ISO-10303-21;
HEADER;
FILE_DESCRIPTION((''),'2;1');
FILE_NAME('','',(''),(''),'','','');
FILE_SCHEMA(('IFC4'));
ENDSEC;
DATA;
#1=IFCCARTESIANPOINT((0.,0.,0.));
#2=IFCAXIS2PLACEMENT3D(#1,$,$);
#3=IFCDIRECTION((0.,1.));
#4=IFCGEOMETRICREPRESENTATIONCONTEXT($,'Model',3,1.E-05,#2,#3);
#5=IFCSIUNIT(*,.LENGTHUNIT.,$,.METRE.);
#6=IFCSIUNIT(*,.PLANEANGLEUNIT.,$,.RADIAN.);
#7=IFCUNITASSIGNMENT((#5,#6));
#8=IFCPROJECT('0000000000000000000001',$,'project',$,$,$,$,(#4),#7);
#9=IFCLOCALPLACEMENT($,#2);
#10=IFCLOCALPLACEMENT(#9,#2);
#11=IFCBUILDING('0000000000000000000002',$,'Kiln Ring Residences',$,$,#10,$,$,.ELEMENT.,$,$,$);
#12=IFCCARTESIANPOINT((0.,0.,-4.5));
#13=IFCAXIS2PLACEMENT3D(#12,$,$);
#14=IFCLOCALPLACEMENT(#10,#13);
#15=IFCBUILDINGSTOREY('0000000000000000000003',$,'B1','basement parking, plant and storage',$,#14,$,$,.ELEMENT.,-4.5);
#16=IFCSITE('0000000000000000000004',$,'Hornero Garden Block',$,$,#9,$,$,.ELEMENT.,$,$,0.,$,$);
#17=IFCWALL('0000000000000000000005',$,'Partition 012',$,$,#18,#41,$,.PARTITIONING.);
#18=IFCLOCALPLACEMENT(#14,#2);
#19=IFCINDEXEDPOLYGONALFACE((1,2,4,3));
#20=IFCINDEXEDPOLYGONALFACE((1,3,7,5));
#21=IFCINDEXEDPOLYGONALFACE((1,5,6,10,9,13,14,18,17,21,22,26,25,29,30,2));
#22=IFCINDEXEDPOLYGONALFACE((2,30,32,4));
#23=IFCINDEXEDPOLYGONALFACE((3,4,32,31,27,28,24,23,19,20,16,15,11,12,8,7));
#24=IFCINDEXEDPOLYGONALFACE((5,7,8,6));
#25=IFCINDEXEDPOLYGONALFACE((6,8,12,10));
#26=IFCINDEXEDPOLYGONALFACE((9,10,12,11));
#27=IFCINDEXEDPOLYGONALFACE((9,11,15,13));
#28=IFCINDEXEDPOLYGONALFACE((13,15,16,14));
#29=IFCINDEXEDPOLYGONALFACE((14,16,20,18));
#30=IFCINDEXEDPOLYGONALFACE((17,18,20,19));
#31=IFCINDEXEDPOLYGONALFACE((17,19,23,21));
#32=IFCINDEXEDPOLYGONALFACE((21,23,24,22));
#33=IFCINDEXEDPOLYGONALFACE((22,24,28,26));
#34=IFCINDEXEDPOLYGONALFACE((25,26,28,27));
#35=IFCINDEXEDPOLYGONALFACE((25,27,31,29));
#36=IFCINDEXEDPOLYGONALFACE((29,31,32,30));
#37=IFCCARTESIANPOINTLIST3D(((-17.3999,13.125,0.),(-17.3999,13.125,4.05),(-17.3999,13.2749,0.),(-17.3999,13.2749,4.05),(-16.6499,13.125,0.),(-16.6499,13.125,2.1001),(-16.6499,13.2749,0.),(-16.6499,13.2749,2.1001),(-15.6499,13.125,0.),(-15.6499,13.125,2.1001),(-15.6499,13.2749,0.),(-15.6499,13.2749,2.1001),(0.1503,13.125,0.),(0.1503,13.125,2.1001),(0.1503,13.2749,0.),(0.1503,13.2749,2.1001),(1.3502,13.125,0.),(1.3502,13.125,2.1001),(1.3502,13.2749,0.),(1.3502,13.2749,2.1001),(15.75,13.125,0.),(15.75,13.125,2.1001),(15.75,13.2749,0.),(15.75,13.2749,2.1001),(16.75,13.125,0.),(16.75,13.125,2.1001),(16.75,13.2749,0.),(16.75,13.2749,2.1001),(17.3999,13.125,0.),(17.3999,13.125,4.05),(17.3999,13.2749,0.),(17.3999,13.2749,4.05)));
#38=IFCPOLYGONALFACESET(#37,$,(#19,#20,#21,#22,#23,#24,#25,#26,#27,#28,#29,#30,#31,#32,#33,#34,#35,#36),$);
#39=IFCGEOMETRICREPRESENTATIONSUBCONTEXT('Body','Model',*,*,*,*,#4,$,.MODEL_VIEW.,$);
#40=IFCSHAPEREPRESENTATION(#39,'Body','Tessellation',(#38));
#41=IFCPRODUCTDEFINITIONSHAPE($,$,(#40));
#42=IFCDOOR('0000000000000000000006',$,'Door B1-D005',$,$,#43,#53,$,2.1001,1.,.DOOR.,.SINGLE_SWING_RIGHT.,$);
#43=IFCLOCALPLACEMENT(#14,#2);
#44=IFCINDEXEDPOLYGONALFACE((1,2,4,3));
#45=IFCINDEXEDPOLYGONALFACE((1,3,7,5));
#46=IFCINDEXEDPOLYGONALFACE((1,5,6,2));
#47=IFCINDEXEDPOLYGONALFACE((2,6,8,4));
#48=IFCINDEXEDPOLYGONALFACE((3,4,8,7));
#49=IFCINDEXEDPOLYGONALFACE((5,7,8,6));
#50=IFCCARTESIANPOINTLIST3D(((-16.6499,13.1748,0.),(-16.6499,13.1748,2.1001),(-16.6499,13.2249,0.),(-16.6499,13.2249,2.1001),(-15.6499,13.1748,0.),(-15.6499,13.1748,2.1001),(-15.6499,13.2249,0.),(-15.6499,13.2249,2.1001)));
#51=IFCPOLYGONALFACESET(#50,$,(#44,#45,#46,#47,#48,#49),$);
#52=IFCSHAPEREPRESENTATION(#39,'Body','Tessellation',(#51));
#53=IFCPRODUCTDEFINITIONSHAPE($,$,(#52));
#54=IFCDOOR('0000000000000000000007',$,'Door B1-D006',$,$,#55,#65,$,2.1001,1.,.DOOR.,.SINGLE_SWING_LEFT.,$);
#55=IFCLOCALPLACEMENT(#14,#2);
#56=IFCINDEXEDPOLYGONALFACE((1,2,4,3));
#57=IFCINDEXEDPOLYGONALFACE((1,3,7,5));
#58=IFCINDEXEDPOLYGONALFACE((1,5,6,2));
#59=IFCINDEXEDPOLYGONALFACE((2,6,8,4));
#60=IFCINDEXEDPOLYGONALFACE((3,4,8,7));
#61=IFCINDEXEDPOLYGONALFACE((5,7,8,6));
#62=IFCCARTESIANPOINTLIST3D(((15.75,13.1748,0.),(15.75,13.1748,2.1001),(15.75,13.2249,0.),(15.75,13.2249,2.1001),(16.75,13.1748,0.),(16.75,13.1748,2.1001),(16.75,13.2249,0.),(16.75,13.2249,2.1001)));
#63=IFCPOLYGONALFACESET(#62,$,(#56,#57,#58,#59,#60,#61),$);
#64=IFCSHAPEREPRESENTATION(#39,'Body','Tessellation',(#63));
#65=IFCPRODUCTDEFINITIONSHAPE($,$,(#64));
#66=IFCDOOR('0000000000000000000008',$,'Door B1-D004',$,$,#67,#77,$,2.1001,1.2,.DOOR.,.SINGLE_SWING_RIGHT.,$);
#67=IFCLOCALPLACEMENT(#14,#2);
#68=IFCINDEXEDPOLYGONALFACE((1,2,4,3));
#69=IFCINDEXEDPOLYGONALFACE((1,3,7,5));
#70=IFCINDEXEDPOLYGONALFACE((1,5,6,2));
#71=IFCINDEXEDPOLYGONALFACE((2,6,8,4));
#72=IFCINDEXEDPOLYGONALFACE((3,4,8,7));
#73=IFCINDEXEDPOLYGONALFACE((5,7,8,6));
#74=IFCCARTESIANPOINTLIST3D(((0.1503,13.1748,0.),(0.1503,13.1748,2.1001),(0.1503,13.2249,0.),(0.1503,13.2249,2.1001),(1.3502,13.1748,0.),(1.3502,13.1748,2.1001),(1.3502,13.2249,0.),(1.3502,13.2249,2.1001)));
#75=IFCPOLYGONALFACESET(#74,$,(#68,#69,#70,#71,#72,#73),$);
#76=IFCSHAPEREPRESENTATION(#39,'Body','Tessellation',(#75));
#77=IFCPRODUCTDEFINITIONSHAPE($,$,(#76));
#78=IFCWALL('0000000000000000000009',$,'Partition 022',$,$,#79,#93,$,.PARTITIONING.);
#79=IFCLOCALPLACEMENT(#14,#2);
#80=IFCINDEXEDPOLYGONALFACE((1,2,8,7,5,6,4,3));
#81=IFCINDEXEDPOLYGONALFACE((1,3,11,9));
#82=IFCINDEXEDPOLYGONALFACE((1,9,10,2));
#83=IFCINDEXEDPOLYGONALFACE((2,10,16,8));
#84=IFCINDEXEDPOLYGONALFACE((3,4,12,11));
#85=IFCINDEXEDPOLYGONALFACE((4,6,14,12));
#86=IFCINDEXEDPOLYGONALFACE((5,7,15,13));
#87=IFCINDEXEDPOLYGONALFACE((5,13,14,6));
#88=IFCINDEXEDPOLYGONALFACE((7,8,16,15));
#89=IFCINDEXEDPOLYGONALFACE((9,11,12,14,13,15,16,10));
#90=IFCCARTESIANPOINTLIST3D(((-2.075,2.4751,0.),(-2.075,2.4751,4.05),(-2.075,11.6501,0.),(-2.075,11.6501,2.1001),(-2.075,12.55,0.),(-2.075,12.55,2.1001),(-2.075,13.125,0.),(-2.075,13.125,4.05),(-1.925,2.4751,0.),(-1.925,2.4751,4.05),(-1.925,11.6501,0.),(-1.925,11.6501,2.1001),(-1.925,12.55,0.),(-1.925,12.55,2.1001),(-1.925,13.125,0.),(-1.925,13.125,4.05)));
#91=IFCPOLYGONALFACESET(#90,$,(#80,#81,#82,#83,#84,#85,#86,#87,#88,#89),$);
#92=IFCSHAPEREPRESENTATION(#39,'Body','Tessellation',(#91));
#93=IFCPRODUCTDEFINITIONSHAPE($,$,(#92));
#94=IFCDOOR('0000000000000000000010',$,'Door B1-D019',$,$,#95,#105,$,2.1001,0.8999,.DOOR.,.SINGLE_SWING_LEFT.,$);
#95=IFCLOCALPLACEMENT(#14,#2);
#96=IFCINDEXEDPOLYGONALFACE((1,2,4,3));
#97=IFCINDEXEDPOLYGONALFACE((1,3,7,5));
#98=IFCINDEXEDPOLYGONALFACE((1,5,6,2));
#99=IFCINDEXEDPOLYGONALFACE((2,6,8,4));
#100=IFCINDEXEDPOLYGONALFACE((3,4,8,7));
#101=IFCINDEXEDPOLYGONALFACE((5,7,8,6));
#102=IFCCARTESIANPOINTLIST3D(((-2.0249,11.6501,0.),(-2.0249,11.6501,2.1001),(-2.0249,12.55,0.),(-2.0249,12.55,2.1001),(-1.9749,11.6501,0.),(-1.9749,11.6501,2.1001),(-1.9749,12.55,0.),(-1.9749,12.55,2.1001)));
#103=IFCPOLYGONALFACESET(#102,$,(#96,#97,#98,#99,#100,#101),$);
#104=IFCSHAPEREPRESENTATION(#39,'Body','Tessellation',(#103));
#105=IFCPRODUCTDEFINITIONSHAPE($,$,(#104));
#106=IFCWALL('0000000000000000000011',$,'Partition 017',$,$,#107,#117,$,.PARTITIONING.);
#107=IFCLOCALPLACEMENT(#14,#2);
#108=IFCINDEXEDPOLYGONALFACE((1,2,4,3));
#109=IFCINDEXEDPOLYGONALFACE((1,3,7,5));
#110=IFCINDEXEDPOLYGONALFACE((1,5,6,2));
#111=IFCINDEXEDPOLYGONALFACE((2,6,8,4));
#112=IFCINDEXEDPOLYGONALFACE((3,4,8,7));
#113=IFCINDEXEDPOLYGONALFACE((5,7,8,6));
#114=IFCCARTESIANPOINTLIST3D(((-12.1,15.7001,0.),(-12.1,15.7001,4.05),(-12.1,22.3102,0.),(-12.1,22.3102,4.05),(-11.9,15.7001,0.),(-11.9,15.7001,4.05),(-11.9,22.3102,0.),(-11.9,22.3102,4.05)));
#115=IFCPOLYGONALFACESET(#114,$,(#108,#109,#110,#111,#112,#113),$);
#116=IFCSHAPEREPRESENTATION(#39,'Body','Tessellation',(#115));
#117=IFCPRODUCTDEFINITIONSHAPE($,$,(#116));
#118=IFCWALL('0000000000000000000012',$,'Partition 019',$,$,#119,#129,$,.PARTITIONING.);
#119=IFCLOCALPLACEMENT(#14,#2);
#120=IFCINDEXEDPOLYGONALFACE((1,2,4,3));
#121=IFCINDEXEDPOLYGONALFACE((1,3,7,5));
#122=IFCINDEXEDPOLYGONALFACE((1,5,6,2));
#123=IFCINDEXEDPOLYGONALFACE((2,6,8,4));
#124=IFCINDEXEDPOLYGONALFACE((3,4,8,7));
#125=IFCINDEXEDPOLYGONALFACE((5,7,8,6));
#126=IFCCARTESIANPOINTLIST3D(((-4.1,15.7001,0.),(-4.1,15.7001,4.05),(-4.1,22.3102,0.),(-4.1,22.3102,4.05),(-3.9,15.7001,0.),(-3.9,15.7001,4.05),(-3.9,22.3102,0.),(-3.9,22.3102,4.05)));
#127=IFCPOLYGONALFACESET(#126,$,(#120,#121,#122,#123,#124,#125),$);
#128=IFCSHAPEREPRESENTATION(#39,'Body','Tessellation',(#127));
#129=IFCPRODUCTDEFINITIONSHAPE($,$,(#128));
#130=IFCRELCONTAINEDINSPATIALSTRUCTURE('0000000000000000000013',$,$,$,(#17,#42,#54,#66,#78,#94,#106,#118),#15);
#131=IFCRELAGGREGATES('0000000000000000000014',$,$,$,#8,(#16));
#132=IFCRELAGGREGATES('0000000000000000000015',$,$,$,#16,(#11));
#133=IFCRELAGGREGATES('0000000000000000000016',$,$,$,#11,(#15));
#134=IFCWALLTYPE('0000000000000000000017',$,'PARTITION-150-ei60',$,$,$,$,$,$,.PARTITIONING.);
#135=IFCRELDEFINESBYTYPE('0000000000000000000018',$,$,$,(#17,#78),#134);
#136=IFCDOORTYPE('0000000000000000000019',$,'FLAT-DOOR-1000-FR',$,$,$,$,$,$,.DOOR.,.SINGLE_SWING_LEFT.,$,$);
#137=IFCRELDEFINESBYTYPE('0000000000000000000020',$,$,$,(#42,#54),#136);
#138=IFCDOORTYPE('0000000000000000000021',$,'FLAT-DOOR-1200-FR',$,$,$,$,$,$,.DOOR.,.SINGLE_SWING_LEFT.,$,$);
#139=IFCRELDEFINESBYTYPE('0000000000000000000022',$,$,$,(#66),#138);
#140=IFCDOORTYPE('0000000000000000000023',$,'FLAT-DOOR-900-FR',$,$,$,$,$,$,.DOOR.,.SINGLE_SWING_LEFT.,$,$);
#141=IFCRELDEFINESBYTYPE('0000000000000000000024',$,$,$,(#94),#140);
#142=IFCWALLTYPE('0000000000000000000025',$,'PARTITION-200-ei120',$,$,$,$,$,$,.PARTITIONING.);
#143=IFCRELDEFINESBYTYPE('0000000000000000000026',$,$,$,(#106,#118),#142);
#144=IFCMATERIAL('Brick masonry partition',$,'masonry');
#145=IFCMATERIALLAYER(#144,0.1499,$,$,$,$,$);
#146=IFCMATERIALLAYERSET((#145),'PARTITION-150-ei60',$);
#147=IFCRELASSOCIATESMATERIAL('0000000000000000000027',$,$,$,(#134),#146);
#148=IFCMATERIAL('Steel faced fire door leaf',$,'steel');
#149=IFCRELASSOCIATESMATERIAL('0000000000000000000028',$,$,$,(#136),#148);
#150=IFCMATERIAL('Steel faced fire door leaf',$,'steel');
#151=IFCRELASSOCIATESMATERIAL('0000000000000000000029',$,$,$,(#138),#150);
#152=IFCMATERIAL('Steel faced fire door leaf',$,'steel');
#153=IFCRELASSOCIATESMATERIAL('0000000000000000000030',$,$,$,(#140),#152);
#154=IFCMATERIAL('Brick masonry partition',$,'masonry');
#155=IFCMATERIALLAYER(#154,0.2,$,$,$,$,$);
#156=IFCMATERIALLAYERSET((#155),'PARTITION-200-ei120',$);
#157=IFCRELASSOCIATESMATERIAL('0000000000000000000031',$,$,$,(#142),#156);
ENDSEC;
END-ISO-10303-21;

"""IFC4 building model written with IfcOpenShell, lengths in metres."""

from ifc_helpers import new_model, si_unit, direction, frame, frame_2d, origin, place, context, subcontext, project, spatial, rectangle, extrude, material, layer, layer_set, type_object, element, fill, save


model = new_model("IFC4")

# Units and contexts
model_context = context("Model", 3, precision=1e-05, world=origin(), true_north=direction((0.0, 1.0)))
body_context = subcontext(model_context, "Body", "Model", "MODEL_VIEW")
ifc_project = project(units=[si_unit("LENGTHUNIT", "METRE"), si_unit("PLANEANGLEUNIT", "RADIAN")], contexts=[model_context])

# Site, building, storey
site_placement = place(None, origin())
site = spatial("IfcSite", under=ifc_project, at=site_placement, Name="Hornero Garden Block", CompositionType="ELEMENT", RefElevation=0.0)
building_placement = place(site_placement, origin())
building = spatial("IfcBuilding", under=site, at=building_placement, Name="Kiln Ring Residences", CompositionType="ELEMENT")
storey_placement = place(building_placement, frame((0.0, 0.0, -4.5)))
storey = spatial("IfcBuildingStorey", under=building, at=storey_placement, Name="B1", Description="basement parking, plant and storage", CompositionType="ELEMENT", Elevation=-4.5)

# Wall, openings, doors
ifc_material_1 = material(Name="Brick masonry partition", Category="masonry")
ifc_layer_1 = layer(ifc_material_1, 0.1499)
ifc_layer_set_1 = layer_set([ifc_layer_1], Name="PARTITION-150-ei60")
wall_type_1 = type_object("IfcWallType", Name="PARTITION-150-ei60", PredefinedType="PARTITIONING", material=ifc_layer_set_1)
wall_1_placement = place(storey_placement, frame((-17.3999, 13.2, 0.0), z_axis=(0.0, 0.0, 1.0), x_axis=(1.0, 0.0, 0.0)))
wall_1 = element("IfcWall", 1, at=wall_1_placement, inside=storey, type_object=wall_type_1, Name="Partition 012", PredefinedType="PARTITIONING", context=body_context, shape_type="SweptSolid", body=[
    extrude(rectangle(XDim=34.7998, YDim=0.1499, at=frame_2d((17.3999, 0.0))), origin(), (0.0, 0.0, 1.0), 4.05),
])
opening_1_placement = place(wall_1_placement, frame((17.55, 0.0, 0.0)))
opening_1 = element("IfcOpeningElement", 2, at=opening_1_placement, cuts=wall_1, PredefinedType="OPENING", context=body_context, shape_type="SweptSolid", body=[
    extrude(rectangle(XDim=1.2, YDim=2.1001, at=frame_2d((0.6001, 1.05))), frame((0.0, 0.085, 0.0), z_axis=(0.0, -1.0, 0.0), x_axis=(1.0, 0.0, 0.0)), (0.0, 0.0, 1.0), 0.1699),
])
opening_2_placement = place(wall_1_placement, frame((0.75, 0.0, 0.0)))
opening_2 = element("IfcOpeningElement", 3, at=opening_2_placement, cuts=wall_1, PredefinedType="OPENING", context=body_context, shape_type="SweptSolid", body=[
    extrude(rectangle(XDim=1.0, YDim=2.1001, at=frame_2d((0.5, 1.05))), frame((0.0, 0.085, 0.0), z_axis=(0.0, -1.0, 0.0), x_axis=(1.0, 0.0, 0.0)), (0.0, 0.0, 1.0), 0.1699),
])
opening_3_placement = place(wall_1_placement, frame((33.1499, 0.0, 0.0)))
opening_3 = element("IfcOpeningElement", 4, at=opening_3_placement, cuts=wall_1, PredefinedType="OPENING", context=body_context, shape_type="SweptSolid", body=[
    extrude(rectangle(XDim=1.0, YDim=2.1001, at=frame_2d((0.5, 1.05))), frame((0.0, 0.085, 0.0), z_axis=(0.0, -1.0, 0.0), x_axis=(1.0, 0.0, 0.0)), (0.0, 0.0, 1.0), 0.1699),
])
ifc_material_2 = material(Name="Steel faced fire door leaf", Category="steel")
door_type_1 = type_object("IfcDoorType", Name="FLAT-DOOR-1000-FR", OperationType="SINGLE_SWING_LEFT", PredefinedType="DOOR", material=ifc_material_2)
door_1_placement = place(opening_2_placement, origin())
door_1 = element("IfcDoor", 5, at=door_1_placement, inside=storey, type_object=door_type_1, Name="Door B1-D005", OperationType="SINGLE_SWING_RIGHT", OverallHeight=2.1001, OverallWidth=1.0, PredefinedType="DOOR", context=body_context, shape_type="SweptSolid", body=[
    extrude(rectangle(XDim=1.0, YDim=2.1001, at=frame_2d((0.5, 1.05))), frame((0.0, 0.0249, 0.0), z_axis=(0.0, -1.0, 0.0), x_axis=(1.0, 0.0, 0.0)), (0.0, 0.0, 1.0), 0.05),
])
fill(opening_2, door_1)
door_2_placement = place(opening_3_placement, origin())
door_2 = element("IfcDoor", 6, at=door_2_placement, inside=storey, type_object=door_type_1, Name="Door B1-D006", OperationType="SINGLE_SWING_LEFT", OverallHeight=2.1001, OverallWidth=1.0, PredefinedType="DOOR", context=body_context, shape_type="SweptSolid", body=[
    extrude(rectangle(XDim=1.0, YDim=2.1001, at=frame_2d((0.5, 1.05))), frame((0.0, 0.0249, 0.0), z_axis=(0.0, -1.0, 0.0), x_axis=(1.0, 0.0, 0.0)), (0.0, 0.0, 1.0), 0.05),
])
fill(opening_3, door_2)
ifc_material_3 = material(Name="Steel faced fire door leaf", Category="steel")
door_type_2 = type_object("IfcDoorType", Name="FLAT-DOOR-1200-FR", OperationType="SINGLE_SWING_LEFT", PredefinedType="DOOR", material=ifc_material_3)
door_3_placement = place(opening_1_placement, origin())
door_3 = element("IfcDoor", 7, at=door_3_placement, inside=storey, type_object=door_type_2, Name="Door B1-D004", OperationType="SINGLE_SWING_RIGHT", OverallHeight=2.1001, OverallWidth=1.2, PredefinedType="DOOR", context=body_context, shape_type="SweptSolid", body=[
    extrude(rectangle(XDim=1.2, YDim=2.1001, at=frame_2d((0.6001, 1.05))), frame((0.0, 0.0249, 0.0), z_axis=(0.0, -1.0, 0.0), x_axis=(1.0, 0.0, 0.0)), (0.0, 0.0, 1.0), 0.05),
])
fill(opening_1, door_3)

# Wall, opening, door
wall_2_placement = place(storey_placement, frame((-2.0, 2.4751, 0.0), z_axis=(0.0, 0.0, 1.0), x_axis=(0.0, 1.0, 0.0)))
wall_2 = element("IfcWall", 8, at=wall_2_placement, inside=storey, type_object=wall_type_1, Name="Partition 022", PredefinedType="PARTITIONING", context=body_context, shape_type="SweptSolid", body=[
    extrude(rectangle(XDim=10.6499, YDim=0.1499, at=frame_2d((5.325, 0.0))), origin(), (0.0, 0.0, 1.0), 4.05),
])
opening_4_placement = place(wall_2_placement, frame((9.175, 0.0, 0.0)))
opening_4 = element("IfcOpeningElement", 9, at=opening_4_placement, cuts=wall_2, PredefinedType="OPENING", context=body_context, shape_type="SweptSolid", body=[
    extrude(rectangle(XDim=0.8999, YDim=2.1001, at=frame_2d((0.45, 1.05))), frame((0.0, 0.085, 0.0), z_axis=(0.0, -1.0, 0.0), x_axis=(1.0, 0.0, 0.0)), (0.0, 0.0, 1.0), 0.1699),
])
ifc_material_4 = material(Name="Steel faced fire door leaf", Category="steel")
door_type_3 = type_object("IfcDoorType", Name="FLAT-DOOR-900-FR", OperationType="SINGLE_SWING_LEFT", PredefinedType="DOOR", material=ifc_material_4)
door_4_placement = place(opening_4_placement, origin())
door_4 = element("IfcDoor", 10, at=door_4_placement, inside=storey, type_object=door_type_3, Name="Door B1-D019", OperationType="SINGLE_SWING_LEFT", OverallHeight=2.1001, OverallWidth=0.8999, PredefinedType="DOOR", context=body_context, shape_type="SweptSolid", body=[
    extrude(rectangle(XDim=0.8999, YDim=2.1001, at=frame_2d((0.45, 1.05))), frame((0.0, 0.0249, 0.0), z_axis=(0.0, -1.0, 0.0), x_axis=(1.0, 0.0, 0.0)), (0.0, 0.0, 1.0), 0.05),
])
fill(opening_4, door_4)

# Walls
ifc_material_5 = material(Name="Brick masonry partition", Category="masonry")
ifc_layer_2 = layer(ifc_material_5, 0.2)
ifc_layer_set_2 = layer_set([ifc_layer_2], Name="PARTITION-200-ei120")
wall_type_2 = type_object("IfcWallType", Name="PARTITION-200-ei120", PredefinedType="PARTITIONING", material=ifc_layer_set_2)
for number, where, z_axis, x_axis, name in (
    (11, (-12.0, 15.7, 0.0), (0.0, 0.0, 1.0), (0.0, 1.0, 0.0), "Partition 017"),
    (12, (-4.0, 15.7, 0.0), (0.0, 0.0, 1.0), (0.0, 1.0, 0.0), "Partition 019"),
):
    element("IfcWall", number, at=place(storey_placement, frame(where, z_axis=z_axis, x_axis=x_axis)), inside=storey, type_object=wall_type_2, Name=name, PredefinedType="PARTITIONING", context=body_context, shape_type="SweptSolid", body=[
        extrude(rectangle(XDim=6.6101, YDim=0.2, at=frame_2d((3.3052, 0.0))), origin(), (0.0, 0.0, 1.0), 4.05),
    ])

save(model, "model.ifc")
